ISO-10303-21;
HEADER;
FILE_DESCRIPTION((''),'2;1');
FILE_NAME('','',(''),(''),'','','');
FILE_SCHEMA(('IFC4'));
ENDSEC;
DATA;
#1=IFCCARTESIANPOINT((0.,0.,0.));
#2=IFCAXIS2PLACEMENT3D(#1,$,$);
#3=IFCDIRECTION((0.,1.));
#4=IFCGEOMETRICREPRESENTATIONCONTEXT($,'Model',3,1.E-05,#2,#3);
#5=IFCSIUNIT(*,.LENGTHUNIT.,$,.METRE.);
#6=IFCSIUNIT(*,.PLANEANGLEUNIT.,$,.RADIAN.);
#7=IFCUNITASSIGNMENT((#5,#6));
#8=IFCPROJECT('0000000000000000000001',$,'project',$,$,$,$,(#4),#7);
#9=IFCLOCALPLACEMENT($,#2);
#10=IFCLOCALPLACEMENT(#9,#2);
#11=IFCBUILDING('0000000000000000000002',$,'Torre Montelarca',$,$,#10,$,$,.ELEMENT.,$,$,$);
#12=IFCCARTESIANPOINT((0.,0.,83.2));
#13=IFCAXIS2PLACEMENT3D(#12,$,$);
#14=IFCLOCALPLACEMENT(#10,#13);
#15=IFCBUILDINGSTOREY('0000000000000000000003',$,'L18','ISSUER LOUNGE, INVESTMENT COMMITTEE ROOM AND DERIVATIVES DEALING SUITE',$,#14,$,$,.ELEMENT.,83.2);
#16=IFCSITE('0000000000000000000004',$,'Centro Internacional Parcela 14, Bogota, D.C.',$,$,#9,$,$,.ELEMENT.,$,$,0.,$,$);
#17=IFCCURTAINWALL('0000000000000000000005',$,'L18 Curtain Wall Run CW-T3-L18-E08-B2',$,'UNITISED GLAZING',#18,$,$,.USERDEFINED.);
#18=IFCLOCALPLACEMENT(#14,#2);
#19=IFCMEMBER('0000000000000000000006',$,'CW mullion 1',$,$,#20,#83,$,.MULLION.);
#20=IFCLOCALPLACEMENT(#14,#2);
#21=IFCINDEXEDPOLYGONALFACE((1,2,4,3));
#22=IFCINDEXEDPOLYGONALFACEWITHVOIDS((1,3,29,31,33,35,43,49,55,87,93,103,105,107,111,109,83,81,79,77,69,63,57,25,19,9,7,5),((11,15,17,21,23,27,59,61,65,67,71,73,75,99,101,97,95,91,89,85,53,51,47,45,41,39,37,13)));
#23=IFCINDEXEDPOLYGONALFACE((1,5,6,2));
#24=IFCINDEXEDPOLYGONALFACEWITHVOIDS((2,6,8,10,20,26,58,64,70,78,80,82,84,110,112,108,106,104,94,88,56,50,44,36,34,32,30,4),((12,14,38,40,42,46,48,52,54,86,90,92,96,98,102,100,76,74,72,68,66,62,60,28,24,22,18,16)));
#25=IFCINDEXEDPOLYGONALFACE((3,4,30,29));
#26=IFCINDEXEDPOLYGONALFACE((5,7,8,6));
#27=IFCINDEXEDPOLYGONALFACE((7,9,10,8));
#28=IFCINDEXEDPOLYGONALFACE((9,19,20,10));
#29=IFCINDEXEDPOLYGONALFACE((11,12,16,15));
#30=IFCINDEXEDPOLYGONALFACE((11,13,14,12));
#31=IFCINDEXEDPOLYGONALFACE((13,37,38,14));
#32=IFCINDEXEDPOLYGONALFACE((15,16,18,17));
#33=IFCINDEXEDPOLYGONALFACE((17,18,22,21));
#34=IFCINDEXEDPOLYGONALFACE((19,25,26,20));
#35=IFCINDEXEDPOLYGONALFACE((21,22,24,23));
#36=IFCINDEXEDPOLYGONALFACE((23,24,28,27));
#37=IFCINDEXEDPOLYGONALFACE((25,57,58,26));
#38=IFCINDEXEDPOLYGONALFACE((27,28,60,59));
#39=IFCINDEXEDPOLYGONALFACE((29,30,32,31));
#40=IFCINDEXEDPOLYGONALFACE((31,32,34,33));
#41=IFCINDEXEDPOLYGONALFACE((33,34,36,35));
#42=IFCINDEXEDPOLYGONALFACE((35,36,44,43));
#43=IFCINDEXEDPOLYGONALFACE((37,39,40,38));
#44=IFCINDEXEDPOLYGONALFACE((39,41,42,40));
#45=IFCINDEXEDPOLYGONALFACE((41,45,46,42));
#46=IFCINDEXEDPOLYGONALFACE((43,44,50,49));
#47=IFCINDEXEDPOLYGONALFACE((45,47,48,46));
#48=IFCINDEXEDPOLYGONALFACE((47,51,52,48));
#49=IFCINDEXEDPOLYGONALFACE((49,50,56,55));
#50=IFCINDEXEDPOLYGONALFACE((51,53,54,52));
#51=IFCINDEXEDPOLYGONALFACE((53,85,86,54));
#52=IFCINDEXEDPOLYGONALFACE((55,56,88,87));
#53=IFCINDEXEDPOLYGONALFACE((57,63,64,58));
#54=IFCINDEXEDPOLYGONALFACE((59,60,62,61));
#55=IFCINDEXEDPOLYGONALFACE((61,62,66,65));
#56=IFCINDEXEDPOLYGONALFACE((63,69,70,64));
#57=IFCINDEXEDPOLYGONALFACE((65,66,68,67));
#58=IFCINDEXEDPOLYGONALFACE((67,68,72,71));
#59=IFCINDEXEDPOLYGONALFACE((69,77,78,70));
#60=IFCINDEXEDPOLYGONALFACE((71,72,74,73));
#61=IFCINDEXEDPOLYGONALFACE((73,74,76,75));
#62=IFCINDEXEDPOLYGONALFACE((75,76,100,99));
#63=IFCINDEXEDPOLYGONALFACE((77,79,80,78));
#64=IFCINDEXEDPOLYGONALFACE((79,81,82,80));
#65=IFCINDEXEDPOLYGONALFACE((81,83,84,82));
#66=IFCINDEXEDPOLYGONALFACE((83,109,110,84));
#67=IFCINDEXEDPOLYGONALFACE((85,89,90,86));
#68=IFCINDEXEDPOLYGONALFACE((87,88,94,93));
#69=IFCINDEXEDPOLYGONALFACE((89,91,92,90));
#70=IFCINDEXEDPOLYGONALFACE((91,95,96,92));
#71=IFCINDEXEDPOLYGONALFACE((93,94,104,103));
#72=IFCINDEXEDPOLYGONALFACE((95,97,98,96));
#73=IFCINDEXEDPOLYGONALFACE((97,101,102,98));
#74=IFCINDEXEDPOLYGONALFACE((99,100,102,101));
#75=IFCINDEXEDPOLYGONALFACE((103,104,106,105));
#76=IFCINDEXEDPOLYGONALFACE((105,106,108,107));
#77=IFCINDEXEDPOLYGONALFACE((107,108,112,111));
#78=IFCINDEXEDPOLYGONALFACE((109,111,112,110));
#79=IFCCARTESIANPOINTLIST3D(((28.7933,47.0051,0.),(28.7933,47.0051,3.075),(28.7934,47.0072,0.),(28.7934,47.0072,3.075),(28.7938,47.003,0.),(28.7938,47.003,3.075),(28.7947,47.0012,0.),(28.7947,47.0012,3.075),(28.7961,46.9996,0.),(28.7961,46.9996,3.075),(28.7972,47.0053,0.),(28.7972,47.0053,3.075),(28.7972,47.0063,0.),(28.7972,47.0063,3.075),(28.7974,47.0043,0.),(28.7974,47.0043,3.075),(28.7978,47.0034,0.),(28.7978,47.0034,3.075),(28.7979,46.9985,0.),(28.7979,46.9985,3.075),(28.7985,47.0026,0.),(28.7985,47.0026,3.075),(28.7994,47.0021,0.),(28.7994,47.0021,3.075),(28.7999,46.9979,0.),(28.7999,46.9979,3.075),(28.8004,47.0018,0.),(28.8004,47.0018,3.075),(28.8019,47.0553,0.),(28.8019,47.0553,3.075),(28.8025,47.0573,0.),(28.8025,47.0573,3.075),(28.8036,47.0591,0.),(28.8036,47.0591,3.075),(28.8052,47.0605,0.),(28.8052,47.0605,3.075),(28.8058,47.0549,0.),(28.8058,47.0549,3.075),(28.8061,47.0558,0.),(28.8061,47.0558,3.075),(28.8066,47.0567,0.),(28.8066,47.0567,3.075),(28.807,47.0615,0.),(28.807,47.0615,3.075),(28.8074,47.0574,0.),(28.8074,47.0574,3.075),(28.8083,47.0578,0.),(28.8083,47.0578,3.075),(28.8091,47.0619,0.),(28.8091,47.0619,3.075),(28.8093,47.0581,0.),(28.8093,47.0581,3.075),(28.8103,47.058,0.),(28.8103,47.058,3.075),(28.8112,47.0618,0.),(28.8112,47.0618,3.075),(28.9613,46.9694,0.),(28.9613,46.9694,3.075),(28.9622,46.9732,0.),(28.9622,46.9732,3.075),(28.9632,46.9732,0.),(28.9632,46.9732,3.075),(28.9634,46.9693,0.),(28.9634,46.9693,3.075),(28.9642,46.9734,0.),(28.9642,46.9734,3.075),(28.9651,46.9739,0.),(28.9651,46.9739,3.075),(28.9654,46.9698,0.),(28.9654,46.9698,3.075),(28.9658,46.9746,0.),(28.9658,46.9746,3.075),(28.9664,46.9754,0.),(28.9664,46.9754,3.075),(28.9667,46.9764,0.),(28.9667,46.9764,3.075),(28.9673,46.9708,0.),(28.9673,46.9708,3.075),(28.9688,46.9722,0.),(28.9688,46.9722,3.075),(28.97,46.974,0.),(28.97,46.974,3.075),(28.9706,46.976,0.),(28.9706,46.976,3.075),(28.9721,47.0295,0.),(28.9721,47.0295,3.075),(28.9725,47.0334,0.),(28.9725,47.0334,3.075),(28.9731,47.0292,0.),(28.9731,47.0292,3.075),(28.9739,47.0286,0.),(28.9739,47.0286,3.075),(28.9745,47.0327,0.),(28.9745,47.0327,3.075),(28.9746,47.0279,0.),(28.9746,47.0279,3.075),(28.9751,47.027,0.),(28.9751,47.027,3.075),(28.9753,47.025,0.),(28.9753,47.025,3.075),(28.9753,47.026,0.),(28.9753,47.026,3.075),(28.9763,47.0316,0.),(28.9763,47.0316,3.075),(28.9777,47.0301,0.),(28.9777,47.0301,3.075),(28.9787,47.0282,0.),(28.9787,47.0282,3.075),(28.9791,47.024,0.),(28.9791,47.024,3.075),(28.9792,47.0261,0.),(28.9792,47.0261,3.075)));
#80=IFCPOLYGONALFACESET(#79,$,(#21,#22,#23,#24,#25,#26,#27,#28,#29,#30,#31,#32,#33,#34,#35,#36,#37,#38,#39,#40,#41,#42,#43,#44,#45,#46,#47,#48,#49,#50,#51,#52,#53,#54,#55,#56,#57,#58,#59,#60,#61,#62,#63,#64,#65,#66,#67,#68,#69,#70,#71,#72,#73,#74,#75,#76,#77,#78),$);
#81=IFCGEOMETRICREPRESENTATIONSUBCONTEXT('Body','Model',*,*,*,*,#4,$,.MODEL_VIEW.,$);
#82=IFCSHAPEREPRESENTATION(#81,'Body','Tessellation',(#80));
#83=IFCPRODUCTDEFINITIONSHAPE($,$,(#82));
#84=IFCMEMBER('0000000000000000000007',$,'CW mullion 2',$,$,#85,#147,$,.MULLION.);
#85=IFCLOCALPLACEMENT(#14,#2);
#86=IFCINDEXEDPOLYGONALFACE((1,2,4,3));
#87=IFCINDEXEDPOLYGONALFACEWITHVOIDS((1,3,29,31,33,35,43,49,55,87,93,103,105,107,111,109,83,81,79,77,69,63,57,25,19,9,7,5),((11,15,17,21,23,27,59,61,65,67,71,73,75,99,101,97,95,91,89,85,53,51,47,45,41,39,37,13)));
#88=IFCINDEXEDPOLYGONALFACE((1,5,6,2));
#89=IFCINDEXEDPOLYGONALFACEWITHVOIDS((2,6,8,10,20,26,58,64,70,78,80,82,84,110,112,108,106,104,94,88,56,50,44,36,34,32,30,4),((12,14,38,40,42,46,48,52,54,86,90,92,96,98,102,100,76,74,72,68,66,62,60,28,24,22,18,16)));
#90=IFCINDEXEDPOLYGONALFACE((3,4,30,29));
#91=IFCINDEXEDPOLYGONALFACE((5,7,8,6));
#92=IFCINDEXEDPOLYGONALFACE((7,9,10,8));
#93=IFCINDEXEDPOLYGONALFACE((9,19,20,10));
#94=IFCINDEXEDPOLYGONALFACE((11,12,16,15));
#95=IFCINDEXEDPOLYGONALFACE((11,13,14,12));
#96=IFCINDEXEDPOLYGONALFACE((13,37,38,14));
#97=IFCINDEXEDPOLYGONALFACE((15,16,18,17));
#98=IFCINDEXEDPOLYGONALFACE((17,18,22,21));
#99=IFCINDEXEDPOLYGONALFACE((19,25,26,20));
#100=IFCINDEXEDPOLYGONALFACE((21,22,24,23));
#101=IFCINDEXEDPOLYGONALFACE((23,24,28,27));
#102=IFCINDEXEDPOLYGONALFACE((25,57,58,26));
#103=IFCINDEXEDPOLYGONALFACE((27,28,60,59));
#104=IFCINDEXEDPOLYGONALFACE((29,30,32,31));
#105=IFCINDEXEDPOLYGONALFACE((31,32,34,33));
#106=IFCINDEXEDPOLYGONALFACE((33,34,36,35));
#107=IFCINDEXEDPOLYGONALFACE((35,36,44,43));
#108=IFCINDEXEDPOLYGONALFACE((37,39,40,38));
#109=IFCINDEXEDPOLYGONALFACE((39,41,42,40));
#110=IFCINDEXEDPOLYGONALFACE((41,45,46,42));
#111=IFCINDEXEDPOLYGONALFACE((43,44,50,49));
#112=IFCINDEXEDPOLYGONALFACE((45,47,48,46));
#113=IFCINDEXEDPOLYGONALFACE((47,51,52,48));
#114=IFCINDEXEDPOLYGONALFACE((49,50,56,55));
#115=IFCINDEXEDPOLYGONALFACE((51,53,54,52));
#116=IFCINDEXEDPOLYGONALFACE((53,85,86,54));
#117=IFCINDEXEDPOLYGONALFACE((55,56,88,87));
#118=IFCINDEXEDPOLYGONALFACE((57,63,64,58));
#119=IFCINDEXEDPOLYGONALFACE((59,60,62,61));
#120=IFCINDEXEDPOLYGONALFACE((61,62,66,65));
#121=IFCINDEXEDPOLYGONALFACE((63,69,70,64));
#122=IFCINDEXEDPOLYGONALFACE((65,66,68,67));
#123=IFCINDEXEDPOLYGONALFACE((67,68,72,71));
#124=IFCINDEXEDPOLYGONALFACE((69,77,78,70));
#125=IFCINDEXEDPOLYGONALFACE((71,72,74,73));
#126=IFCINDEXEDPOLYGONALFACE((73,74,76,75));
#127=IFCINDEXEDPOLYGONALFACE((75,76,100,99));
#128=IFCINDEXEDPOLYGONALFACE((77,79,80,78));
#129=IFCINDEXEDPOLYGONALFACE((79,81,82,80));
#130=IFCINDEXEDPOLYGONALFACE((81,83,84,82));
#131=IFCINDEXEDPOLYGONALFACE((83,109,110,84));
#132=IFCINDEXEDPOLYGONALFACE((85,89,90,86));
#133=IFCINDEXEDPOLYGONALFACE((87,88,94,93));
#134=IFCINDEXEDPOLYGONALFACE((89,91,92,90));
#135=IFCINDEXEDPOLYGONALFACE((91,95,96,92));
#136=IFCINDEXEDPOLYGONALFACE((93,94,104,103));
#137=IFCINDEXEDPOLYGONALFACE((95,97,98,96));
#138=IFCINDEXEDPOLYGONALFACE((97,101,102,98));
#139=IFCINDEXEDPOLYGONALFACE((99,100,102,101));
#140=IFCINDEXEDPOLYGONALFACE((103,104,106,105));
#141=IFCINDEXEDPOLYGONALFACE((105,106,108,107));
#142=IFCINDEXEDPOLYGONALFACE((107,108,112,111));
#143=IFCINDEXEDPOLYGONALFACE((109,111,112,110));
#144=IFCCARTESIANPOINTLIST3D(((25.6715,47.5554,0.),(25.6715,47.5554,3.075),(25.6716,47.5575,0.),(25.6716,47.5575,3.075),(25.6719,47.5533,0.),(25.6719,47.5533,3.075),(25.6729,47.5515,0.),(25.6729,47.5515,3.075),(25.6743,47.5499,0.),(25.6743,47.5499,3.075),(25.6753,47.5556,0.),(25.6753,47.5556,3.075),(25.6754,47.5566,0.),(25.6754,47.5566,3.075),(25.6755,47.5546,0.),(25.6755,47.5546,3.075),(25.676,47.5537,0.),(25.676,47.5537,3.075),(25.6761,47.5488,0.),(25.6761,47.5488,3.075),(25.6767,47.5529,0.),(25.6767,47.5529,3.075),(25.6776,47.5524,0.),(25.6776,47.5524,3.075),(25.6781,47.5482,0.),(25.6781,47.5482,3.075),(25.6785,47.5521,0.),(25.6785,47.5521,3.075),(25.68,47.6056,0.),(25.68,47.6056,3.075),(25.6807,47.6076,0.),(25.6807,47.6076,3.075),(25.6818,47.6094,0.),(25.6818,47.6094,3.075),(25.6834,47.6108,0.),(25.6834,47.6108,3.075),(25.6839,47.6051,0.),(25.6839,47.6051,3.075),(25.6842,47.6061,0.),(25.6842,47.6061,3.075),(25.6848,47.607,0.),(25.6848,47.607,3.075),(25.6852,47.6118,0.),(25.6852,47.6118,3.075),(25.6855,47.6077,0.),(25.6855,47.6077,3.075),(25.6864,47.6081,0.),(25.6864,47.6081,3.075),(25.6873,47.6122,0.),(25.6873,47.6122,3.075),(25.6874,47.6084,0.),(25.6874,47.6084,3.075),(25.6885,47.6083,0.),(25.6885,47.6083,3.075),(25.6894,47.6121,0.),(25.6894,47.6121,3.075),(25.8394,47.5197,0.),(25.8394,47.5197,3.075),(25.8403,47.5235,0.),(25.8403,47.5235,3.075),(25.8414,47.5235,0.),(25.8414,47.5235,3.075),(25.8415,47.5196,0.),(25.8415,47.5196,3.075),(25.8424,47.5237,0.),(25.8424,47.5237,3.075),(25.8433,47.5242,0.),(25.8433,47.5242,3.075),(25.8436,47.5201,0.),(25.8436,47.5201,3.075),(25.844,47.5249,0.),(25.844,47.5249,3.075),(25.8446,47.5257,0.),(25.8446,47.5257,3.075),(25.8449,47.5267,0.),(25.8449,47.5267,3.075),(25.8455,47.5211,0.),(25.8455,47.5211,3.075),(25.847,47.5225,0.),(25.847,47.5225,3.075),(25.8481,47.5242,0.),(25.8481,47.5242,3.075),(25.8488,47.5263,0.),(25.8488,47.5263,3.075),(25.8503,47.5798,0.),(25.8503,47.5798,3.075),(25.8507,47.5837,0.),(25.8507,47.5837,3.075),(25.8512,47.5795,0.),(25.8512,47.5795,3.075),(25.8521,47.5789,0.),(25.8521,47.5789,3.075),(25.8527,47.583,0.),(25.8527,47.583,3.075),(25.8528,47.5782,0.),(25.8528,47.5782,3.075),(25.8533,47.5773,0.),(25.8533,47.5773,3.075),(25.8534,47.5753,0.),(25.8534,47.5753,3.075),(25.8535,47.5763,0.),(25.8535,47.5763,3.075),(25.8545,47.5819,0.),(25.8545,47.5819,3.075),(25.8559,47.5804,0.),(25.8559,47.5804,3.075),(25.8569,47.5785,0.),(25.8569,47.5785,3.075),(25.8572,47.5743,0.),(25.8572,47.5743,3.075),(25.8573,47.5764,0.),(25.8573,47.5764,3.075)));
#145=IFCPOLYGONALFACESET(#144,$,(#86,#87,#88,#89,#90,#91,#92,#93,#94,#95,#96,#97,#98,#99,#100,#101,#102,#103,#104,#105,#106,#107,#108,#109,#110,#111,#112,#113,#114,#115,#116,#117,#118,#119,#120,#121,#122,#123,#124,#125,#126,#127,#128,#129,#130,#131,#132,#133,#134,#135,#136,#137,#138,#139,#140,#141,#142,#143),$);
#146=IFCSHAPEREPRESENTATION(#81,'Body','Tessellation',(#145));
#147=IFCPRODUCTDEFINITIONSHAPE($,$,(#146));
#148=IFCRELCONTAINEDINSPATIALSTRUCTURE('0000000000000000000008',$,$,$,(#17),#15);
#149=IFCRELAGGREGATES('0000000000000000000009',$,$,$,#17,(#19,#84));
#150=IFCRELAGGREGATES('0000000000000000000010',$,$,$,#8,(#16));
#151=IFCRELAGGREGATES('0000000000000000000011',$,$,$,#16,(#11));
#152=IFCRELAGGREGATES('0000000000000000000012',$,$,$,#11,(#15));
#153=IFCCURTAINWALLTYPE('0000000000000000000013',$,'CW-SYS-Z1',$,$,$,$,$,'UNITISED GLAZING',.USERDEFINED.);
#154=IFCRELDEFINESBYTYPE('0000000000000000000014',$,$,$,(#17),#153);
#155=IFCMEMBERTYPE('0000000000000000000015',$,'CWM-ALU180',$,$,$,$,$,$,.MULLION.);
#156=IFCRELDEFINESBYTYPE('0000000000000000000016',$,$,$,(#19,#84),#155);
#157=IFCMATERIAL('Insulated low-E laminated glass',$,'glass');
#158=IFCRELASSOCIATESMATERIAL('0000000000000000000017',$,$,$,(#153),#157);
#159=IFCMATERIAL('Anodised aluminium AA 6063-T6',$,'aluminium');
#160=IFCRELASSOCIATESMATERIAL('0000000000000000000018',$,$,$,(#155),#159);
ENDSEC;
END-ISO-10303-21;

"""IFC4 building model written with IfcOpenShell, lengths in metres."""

from ifc_helpers import new_model, si_unit, direction, frame, origin, origin_2d, place, context, subcontext, project, spatial, hollow_rectangle, extrude, source, transform, mapped, material, material_profile, profile_set, type_object, element, aggregate, save


model = new_model("IFC4")

# Units and contexts
model_context = context("Model", 3, precision=1e-05, world=origin(), true_north=direction((0.0, 1.0)))
body_context = subcontext(model_context, "Body", "Model", "MODEL_VIEW")
ifc_project = project(units=[si_unit("LENGTHUNIT", "METRE"), si_unit("PLANEANGLEUNIT", "RADIAN")], contexts=[model_context])

# Site, building, storey
site_placement = place(None, origin())
site = spatial("IfcSite", under=ifc_project, at=site_placement, Name="Centro Internacional Parcela 14, Bogota, D.C.", CompositionType="ELEMENT", RefElevation=0.0)
building_placement = place(site_placement, origin())
building = spatial("IfcBuilding", under=site, at=building_placement, Name="Torre Montelarca", CompositionType="ELEMENT")
storey_placement = place(building_placement, frame((0.0, 0.0, 83.2)))
storey = spatial("IfcBuildingStorey", under=building, at=storey_placement, Name="L18", Description="ISSUER LOUNGE, INVESTMENT COMMITTEE ROOM AND DERIVATIVES DEALING SUITE", CompositionType="ELEMENT", Elevation=83.2)

# Curtain wall
ifc_material_1 = material(Name="Insulated low-E laminated glass", Category="glass")
curtain_wall_type = type_object("IfcCurtainWallType", Name="CW-SYS-Z1", ElementType="UNITISED GLAZING", PredefinedType="USERDEFINED", material=ifc_material_1)
curtain_wall_1_placement = place(storey_placement, origin())
curtain_wall_1 = element("IfcCurtainWall", 1, at=curtain_wall_1_placement, inside=storey, type_object=curtain_wall_type, Name="L18 Curtain Wall Run CW-T3-L18-E08-B2", ObjectType="UNITISED GLAZING", PredefinedType="USERDEFINED")
ifc_material_2 = material(Name="Anodised aluminium AA 6063-T6", Category="aluminium")
ifc_material_profile_1 = material_profile(ifc_material_2, hollow_rectangle(XDim=0.0649, YDim=0.1799, WallThickness=0.0039, InnerFilletRadius=0.0039, OuterFilletRadius=0.0081, at=origin_2d()), Name="ALU65X180X4", Category="aluminium")
ifc_profile_set_1 = profile_set([ifc_material_profile_1], Name="Anodised aluminium AA 6063-T6")
member_type_1 = type_object("IfcMemberType", Name="CWM-ALU180", PredefinedType="MULLION", material=ifc_profile_set_1)
shared_shape_1 = source(origin(), body_context, "Body", "SweptSolid", [
    extrude(hollow_rectangle(XDim=0.0649, YDim=0.1799, WallThickness=0.0039, InnerFilletRadius=0.0039, OuterFilletRadius=0.0081, at=origin_2d()), origin(), (0.0, 0.0, 1.0), 3.075),
])

# Members
member_1_placement = place(storey_placement, frame((28.8862, 47.0156, 0.0), z_axis=(0.0, 0.0, 1.0), x_axis=(-0.173645, -0.984808, 0.0)))
member_1 = element("IfcMember", 2, at=member_1_placement, type_object=member_type_1, Name="CW mullion 1", PredefinedType="MULLION", context=body_context, shape_type="MappedRepresentation", body=[
    mapped(shared_shape_1, transform((0.0, 0.0, 0.0), scale=1.0)),
])
member_2_placement = place(storey_placement, frame((25.7644, 47.5659, 0.0), z_axis=(0.0, 0.0, 1.0), x_axis=(-0.173645, -0.984808, 0.0)))
member_2 = element("IfcMember", 3, at=member_2_placement, type_object=member_type_1, Name="CW mullion 2", PredefinedType="MULLION", context=body_context, shape_type="MappedRepresentation", body=[
    mapped(shared_shape_1, transform((0.0, 0.0, 0.0), scale=1.0)),
])

aggregate(curtain_wall_1, [member_1, member_2])

save(model, "model.ifc")
